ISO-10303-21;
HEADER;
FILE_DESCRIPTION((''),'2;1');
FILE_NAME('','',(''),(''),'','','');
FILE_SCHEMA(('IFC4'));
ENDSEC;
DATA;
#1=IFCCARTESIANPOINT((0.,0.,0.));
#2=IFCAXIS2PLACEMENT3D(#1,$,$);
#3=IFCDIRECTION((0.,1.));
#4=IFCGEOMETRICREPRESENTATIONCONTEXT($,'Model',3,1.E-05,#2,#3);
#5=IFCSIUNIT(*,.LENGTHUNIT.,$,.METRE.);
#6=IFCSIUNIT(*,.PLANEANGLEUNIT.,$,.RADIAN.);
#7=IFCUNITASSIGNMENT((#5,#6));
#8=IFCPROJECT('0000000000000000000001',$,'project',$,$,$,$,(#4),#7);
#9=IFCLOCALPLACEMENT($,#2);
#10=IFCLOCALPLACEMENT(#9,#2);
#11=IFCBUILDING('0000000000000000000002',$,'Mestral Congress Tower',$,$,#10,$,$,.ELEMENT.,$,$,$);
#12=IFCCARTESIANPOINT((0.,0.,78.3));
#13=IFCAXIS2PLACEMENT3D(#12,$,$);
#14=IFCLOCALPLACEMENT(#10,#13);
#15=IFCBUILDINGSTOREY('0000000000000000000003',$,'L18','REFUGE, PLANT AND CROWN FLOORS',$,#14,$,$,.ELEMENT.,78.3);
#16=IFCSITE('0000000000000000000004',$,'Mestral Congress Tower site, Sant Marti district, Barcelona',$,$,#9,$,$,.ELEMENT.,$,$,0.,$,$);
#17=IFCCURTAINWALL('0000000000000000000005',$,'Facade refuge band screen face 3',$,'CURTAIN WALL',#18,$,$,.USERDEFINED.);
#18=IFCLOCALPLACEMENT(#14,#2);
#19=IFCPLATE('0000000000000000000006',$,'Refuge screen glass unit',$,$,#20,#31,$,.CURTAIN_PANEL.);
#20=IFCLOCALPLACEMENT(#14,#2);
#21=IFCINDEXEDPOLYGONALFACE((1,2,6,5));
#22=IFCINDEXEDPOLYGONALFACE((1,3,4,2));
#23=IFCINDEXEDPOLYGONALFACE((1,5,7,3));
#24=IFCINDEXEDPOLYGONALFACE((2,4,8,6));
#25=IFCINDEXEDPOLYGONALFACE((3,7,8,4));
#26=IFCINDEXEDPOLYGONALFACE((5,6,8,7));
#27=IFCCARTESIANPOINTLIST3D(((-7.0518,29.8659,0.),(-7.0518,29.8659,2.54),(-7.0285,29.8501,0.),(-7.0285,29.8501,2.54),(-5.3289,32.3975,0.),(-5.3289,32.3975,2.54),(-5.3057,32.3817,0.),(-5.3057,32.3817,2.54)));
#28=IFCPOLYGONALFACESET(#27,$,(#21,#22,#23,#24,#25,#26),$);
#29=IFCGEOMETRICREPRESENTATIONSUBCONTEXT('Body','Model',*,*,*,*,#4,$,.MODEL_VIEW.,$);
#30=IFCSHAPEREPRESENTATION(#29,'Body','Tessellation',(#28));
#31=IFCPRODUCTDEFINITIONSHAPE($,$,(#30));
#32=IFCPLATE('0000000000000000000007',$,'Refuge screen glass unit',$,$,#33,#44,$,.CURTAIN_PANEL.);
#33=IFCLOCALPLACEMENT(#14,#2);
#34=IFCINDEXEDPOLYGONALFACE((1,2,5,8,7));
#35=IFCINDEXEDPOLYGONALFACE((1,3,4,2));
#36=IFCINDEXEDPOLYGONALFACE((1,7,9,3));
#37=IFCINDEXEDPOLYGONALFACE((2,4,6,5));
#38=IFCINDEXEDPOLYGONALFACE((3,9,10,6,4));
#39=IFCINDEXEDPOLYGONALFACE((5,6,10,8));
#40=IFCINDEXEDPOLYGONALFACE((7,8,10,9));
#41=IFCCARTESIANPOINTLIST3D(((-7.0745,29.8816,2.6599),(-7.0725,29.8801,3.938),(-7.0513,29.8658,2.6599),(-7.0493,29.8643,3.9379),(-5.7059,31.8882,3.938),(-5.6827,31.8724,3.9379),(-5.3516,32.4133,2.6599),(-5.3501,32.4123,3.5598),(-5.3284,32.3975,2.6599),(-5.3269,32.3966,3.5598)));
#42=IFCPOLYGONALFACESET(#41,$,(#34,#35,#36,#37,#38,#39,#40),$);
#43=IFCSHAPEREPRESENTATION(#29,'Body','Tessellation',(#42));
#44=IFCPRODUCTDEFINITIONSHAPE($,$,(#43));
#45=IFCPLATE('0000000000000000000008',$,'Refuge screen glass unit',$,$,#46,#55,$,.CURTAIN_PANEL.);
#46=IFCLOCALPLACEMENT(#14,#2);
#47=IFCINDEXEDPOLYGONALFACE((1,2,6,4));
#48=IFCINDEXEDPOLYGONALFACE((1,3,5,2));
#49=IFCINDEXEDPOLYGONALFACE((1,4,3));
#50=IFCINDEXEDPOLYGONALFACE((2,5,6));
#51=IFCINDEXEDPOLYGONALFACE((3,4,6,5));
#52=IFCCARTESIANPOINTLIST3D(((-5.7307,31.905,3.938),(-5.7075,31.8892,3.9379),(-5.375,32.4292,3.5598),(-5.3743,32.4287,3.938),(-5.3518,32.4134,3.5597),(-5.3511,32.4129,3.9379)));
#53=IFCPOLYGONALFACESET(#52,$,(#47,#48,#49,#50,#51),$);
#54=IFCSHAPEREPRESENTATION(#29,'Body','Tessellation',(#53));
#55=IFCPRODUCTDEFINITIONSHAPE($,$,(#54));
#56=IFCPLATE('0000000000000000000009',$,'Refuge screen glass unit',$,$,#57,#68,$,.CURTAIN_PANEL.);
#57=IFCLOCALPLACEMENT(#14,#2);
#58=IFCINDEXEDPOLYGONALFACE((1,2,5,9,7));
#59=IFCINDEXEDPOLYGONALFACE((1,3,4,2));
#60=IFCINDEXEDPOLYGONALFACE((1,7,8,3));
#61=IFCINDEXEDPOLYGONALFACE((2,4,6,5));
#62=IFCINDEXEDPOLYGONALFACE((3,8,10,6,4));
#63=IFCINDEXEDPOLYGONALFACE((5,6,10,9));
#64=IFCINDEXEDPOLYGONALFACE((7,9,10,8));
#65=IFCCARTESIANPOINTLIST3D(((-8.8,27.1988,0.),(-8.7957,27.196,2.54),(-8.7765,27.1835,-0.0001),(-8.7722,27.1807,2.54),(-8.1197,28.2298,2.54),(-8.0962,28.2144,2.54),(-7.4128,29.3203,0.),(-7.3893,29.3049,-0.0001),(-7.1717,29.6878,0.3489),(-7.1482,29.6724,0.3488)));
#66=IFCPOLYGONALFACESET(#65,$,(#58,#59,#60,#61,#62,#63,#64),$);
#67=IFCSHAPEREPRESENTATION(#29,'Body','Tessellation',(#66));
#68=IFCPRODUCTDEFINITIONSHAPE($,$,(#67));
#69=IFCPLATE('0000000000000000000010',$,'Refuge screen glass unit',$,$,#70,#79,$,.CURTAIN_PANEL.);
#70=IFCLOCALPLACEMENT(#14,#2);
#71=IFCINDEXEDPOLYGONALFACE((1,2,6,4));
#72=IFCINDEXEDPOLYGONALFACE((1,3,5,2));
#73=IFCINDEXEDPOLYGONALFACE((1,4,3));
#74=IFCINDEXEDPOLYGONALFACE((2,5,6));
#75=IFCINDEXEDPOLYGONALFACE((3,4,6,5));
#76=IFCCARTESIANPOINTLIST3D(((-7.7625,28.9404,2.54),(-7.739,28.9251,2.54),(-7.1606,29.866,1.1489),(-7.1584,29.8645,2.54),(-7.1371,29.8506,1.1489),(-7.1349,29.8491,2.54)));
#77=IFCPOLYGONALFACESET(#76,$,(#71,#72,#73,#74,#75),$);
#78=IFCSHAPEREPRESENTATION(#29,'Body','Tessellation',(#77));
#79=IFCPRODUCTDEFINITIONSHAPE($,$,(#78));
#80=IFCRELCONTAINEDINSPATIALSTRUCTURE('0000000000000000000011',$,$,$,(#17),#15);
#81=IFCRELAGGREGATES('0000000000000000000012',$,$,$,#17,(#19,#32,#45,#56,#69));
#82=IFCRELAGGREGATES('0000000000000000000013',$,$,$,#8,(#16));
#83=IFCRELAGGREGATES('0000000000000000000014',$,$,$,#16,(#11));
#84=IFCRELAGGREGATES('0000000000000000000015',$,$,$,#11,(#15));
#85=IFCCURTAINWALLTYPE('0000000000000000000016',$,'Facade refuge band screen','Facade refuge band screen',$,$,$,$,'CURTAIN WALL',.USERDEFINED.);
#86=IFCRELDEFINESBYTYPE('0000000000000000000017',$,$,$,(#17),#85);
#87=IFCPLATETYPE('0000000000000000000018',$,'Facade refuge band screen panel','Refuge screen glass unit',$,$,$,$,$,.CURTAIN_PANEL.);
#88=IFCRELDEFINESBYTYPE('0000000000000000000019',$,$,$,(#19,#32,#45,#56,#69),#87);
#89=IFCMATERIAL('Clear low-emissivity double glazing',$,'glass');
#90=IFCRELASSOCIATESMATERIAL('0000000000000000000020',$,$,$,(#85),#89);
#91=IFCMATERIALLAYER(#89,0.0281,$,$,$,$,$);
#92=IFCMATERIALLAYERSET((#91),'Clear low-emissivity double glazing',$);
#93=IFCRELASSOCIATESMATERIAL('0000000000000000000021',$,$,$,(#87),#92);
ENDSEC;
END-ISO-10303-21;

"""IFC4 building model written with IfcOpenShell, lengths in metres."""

from ifc_helpers import new_model, si_unit, direction, frame, origin, origin_2d, place, context, subcontext, project, spatial, polyline, rectangle, outline, extrude, material, layer, layer_set, type_object, element, aggregate, save


model = new_model("IFC4")

# Units and contexts
model_context = context("Model", 3, precision=1e-05, world=origin(), true_north=direction((0.0, 1.0)))
body_context = subcontext(model_context, "Body", "Model", "MODEL_VIEW")
ifc_project = project(units=[si_unit("LENGTHUNIT", "METRE"), si_unit("PLANEANGLEUNIT", "RADIAN")], contexts=[model_context])

# Site, building, storey
site_placement = place(None, origin())
site = spatial("IfcSite", under=ifc_project, at=site_placement, Name="Mestral Congress Tower site, Sant Marti district, Barcelona", CompositionType="ELEMENT", RefElevation=0.0)
building_placement = place(site_placement, origin())
building = spatial("IfcBuilding", under=site, at=building_placement, Name="Mestral Congress Tower", CompositionType="ELEMENT")
storey_placement = place(building_placement, frame((0.0, 0.0, 78.3)))
storey = spatial("IfcBuildingStorey", under=building, at=storey_placement, Name="L18", Description="REFUGE, PLANT AND CROWN FLOORS", CompositionType="ELEMENT", Elevation=78.3)

# Curtain wall
ifc_material_1 = material(Name="Clear low-emissivity double glazing", Category="glass")
curtain_wall_type = type_object("IfcCurtainWallType", Name="Facade refuge band screen", Description="Facade refuge band screen", ElementType="CURTAIN WALL", PredefinedType="USERDEFINED", material=ifc_material_1)
curtain_wall_placement = place(storey_placement, origin())
curtain_wall = element("IfcCurtainWall", 1, at=curtain_wall_placement, inside=storey, type_object=curtain_wall_type, Name="Facade refuge band screen face 3", ObjectType="CURTAIN WALL", PredefinedType="USERDEFINED")

# Plates
ifc_layer_1 = layer(ifc_material_1, 0.0281)
ifc_layer_set_1 = layer_set([ifc_layer_1], Name="Clear low-emissivity double glazing")
plate_type_1 = type_object("IfcPlateType", Name="Facade refuge band screen panel", Description="Refuge screen glass unit", PredefinedType="CURTAIN_PANEL", material=ifc_layer_set_1)
plate_1_placement = place(storey_placement, frame((-6.1787, 31.1238, 0.0), z_axis=(0.0, 0.0, 1.0), x_axis=(-0.562614, -0.826719, 0.0)))
plate_1 = element("IfcPlate", 2, at=plate_1_placement, type_object=plate_type_1, Name="Refuge screen glass unit", PredefinedType="CURTAIN_PANEL", context=body_context, shape_type="SweptSolid", body=[
    extrude(rectangle(XDim=3.0623, YDim=0.0281, at=origin_2d()), origin(), (0.0, 0.0, 1.0), 2.54),
])
plate_2_placement = place(storey_placement, frame((-5.3516, 32.4133, 2.6599), z_axis=(-0.826717, 0.562615, 0.00197), x_axis=(0.001639, -0.001093, 0.999998)))
plate_2 = element("IfcPlate", 3, at=plate_2_placement, type_object=plate_type_1, Name="Refuge screen glass unit", PredefinedType="CURTAIN_PANEL", context=body_context, shape_type="SweptSolid", body=[
    extrude(outline(polyline([(0.0, 0.0), (0.8999, 0.0), (1.2781, -0.6335), (1.278, -3.0625), (-0.0001, -3.0624), (0.0, 0.0)])), origin(), (0.0, 0.0, -1.0), 0.0281),
])
plate_3_placement = place(storey_placement, frame((-5.7307, 31.905, 3.938), z_axis=(-0.826673, 0.562677, 0.002328), x_axis=(0.482148, 0.710481, -0.512592)))
plate_3 = element("IfcPlate", 4, at=plate_3_placement, type_object=plate_type_1, Name="Refuge screen glass unit", PredefinedType="CURTAIN_PANEL", context=body_context, shape_type="SweptSolid", body=[
    extrude(outline(polyline([(0.0, 0.0), (0.7378, 0.0), (0.5439, -0.3247), (0.0, 0.0)])), origin(), (0.0, 0.0, -1.0), 0.0281),
])
plate_4_placement = place(storey_placement, frame((-8.7957, 27.196, 2.54), z_axis=(-0.836965, 0.547253, 0.002023), x_axis=(-0.001699, 0.001099, -0.999998)))
plate_4 = element("IfcPlate", 5, at=plate_4_placement, type_object=plate_type_1, Name="Refuge screen glass unit", PredefinedType="CURTAIN_PANEL", context=body_context, shape_type="SweptSolid", body=[
    extrude(outline(polyline([(0.0, 0.0), (2.54, 0.0), (2.54, -2.5347), (2.1911, -2.9742), (0.0, -1.2351), (0.0, 0.0)])), origin(), (0.0, 0.0, -1.0), 0.0281),
])
plate_5_placement = place(storey_placement, frame((-7.1584, 29.8645, 2.54), z_axis=(-0.83705, 0.547123, 0.001898), x_axis=(-0.547124, -0.837051, 0.0)))
plate_5 = element("IfcPlate", 6, at=plate_5_placement, type_object=plate_type_1, Name="Refuge screen glass unit", PredefinedType="CURTAIN_PANEL", context=body_context, shape_type="SweptSolid", body=[
    extrude(outline(polyline([(0.0, 0.0), (1.104, 0.0), (0.0, -1.3911), (0.0, 0.0)])), origin(), (0.0, 0.0, -1.0), 0.0281),
])

aggregate(curtain_wall, [plate_1, plate_2, plate_3, plate_4, plate_5])

save(model, "model.ifc")
